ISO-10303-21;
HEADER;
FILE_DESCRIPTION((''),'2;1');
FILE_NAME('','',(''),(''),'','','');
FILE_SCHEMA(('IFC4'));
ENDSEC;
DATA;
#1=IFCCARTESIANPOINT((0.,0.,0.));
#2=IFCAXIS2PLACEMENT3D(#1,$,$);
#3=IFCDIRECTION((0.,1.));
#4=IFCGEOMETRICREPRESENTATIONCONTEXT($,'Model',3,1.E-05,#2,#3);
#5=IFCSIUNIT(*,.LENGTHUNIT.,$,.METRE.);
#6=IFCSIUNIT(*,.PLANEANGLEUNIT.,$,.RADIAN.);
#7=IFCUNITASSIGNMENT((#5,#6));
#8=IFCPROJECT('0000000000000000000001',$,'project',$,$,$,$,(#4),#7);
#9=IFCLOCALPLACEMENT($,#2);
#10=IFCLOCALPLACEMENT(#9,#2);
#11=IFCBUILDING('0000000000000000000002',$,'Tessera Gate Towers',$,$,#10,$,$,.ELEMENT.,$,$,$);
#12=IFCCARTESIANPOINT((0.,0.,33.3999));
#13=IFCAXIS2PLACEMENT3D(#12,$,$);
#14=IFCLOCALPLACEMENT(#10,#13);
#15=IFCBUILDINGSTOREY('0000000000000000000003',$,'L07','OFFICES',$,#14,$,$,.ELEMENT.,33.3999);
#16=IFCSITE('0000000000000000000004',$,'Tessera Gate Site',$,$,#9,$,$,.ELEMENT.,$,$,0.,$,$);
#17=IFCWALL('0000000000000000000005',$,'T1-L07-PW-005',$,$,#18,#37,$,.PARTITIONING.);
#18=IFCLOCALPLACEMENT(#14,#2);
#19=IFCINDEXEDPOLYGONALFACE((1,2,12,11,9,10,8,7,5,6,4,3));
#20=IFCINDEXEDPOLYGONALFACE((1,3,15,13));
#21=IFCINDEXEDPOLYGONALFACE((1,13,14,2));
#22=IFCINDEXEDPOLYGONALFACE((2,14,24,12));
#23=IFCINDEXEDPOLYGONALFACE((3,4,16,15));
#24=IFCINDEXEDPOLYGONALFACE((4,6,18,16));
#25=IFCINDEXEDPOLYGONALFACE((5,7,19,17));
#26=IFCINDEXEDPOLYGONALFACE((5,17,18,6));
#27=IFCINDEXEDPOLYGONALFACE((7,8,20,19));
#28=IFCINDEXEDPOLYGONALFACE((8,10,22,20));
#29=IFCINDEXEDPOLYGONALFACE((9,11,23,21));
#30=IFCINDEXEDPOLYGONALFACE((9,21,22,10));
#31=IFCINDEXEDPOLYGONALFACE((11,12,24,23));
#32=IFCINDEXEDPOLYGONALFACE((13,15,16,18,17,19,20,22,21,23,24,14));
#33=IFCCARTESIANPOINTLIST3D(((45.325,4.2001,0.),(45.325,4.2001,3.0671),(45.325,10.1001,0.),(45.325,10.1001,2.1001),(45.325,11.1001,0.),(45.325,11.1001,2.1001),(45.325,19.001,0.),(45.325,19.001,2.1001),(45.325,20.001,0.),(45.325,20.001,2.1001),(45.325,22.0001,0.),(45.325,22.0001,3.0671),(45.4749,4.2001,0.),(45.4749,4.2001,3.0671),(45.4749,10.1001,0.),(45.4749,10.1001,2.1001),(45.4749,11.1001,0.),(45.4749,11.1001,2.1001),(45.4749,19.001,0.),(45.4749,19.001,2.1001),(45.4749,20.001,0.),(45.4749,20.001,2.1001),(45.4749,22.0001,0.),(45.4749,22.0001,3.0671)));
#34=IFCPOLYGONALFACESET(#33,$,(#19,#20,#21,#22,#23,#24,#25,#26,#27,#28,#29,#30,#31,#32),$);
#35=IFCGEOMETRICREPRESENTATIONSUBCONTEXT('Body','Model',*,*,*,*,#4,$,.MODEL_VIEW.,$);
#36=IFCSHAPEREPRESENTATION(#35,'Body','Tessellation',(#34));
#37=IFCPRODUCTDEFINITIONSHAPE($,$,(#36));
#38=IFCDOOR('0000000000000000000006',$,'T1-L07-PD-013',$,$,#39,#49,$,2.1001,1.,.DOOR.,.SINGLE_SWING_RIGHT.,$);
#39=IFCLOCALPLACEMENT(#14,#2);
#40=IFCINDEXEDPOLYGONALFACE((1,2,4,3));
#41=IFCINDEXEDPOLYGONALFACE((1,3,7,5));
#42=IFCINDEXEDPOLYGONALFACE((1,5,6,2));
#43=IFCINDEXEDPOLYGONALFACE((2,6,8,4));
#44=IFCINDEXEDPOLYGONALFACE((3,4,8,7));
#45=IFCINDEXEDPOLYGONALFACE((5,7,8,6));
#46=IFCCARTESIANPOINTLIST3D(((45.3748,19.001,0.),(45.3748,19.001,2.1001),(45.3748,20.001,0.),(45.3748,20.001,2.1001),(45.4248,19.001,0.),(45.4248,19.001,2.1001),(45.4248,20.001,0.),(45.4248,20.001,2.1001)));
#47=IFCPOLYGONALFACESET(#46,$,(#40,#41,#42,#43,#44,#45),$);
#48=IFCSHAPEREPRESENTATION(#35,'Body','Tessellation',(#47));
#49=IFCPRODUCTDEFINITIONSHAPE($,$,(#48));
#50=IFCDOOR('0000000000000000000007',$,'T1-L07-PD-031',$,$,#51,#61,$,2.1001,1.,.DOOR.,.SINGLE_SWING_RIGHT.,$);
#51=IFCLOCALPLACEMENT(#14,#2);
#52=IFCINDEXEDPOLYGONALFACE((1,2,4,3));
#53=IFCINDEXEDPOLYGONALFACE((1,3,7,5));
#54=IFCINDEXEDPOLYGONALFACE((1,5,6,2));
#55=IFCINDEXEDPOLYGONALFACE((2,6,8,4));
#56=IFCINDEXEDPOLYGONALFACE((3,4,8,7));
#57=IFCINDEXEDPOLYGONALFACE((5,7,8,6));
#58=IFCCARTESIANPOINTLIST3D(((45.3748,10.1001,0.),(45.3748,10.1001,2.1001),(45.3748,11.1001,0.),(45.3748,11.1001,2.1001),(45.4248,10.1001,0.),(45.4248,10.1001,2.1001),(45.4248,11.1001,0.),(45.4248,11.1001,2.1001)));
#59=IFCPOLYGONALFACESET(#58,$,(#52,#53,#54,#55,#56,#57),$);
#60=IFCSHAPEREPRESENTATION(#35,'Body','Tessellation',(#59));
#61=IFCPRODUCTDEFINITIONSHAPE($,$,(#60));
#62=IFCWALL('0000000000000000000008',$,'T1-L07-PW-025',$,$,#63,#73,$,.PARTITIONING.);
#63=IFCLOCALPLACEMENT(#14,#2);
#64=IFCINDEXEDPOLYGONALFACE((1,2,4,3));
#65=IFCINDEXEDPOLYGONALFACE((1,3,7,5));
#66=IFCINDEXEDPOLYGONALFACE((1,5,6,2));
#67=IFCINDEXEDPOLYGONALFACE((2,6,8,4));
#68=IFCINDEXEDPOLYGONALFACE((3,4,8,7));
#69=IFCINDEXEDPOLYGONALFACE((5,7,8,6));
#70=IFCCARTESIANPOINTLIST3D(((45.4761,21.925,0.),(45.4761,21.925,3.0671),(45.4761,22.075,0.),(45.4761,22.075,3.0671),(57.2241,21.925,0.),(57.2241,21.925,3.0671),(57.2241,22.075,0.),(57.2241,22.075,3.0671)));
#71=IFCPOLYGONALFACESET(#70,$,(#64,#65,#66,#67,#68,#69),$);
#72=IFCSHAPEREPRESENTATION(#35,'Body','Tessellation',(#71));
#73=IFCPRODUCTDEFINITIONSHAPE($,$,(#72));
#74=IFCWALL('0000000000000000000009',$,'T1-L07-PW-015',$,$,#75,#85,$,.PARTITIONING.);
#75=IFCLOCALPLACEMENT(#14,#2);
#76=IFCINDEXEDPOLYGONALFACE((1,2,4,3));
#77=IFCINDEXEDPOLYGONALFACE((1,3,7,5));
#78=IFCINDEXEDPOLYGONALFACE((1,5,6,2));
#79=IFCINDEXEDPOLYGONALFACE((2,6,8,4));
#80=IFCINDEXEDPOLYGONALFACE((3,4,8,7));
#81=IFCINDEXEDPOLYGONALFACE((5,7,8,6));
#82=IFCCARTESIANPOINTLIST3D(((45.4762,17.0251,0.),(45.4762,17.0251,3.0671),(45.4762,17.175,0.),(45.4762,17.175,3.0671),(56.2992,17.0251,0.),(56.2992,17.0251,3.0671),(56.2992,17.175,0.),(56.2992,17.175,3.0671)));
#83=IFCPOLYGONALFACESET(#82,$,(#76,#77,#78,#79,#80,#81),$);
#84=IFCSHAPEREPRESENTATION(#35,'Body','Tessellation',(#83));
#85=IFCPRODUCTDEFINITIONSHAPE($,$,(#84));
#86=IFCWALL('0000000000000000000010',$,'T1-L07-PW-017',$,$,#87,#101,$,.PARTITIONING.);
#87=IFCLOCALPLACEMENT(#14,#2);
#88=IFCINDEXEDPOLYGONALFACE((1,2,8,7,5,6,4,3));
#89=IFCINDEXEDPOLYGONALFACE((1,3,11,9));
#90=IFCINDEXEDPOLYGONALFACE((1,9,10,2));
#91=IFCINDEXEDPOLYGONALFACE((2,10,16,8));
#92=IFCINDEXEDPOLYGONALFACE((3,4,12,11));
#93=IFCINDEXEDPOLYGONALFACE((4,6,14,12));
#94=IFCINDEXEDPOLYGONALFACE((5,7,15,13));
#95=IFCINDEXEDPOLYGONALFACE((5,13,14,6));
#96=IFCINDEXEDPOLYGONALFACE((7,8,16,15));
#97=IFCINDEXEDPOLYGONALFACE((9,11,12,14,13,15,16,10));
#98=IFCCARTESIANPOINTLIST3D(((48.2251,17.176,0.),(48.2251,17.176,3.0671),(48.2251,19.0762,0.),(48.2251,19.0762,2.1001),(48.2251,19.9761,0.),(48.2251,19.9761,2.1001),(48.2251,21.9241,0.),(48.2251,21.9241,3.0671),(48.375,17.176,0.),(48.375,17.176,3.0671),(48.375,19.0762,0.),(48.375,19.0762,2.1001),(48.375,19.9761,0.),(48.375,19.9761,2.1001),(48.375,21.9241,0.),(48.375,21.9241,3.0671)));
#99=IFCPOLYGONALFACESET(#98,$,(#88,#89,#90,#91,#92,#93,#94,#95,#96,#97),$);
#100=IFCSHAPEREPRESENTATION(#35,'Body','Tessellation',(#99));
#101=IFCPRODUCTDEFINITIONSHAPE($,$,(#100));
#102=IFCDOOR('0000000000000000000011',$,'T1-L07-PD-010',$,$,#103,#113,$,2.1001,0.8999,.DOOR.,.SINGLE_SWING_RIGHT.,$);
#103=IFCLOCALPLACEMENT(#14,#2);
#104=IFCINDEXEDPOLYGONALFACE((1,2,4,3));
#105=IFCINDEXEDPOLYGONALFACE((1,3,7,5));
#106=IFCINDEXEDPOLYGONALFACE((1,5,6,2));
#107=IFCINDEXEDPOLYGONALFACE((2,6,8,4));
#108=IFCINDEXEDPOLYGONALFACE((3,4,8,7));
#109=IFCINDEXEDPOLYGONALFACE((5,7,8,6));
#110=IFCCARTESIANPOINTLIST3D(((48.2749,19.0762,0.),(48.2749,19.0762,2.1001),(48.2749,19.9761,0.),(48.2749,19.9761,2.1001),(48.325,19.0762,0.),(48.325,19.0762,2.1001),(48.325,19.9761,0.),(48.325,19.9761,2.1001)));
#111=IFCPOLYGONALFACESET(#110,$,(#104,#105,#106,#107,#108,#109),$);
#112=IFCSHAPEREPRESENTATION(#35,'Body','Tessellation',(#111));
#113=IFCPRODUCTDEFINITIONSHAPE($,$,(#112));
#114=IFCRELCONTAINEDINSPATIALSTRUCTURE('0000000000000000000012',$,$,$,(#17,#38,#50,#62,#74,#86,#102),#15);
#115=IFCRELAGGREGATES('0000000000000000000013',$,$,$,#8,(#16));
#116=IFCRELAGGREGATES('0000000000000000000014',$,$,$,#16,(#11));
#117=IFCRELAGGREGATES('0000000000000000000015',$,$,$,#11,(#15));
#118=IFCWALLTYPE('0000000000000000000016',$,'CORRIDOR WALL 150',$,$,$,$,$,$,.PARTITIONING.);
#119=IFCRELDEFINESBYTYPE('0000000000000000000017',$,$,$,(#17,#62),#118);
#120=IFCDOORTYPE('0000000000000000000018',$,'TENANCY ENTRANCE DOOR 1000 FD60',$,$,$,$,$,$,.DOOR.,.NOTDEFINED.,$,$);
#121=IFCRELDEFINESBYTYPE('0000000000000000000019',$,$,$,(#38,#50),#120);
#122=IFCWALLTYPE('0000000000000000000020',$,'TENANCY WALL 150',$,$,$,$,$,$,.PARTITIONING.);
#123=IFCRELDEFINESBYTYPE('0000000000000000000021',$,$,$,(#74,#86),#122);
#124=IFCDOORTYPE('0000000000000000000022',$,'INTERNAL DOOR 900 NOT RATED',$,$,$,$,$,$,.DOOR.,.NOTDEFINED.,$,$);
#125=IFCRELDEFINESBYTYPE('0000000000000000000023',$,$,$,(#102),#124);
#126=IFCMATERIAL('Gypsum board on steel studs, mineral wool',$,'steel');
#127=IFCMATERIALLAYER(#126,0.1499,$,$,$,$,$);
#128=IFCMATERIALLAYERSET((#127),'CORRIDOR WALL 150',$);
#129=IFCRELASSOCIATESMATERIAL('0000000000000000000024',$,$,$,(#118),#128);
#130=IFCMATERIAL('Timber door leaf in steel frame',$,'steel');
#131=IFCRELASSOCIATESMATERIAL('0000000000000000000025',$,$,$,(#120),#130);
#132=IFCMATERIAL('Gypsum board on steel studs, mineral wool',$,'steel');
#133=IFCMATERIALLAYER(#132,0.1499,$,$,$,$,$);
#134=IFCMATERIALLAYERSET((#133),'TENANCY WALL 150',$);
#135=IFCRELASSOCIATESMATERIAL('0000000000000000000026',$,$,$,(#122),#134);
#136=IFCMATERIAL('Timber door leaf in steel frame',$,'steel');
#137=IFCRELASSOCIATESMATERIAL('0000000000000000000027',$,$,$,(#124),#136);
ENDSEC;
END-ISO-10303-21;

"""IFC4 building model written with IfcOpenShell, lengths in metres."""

from ifc_helpers import new_model, si_unit, direction, frame, frame_2d, origin, place, context, subcontext, project, spatial, rectangle, extrude, source, transform, mapped, material, layer, layer_set, type_object, element, fill, save


model = new_model("IFC4")

# Units and contexts
model_context = context("Model", 3, precision=1e-05, world=origin(), true_north=direction((0.0, 1.0)))
body_context = subcontext(model_context, "Body", "Model", "MODEL_VIEW")
ifc_project = project(units=[si_unit("LENGTHUNIT", "METRE"), si_unit("PLANEANGLEUNIT", "RADIAN")], contexts=[model_context])

# Site, building, storey
site_placement = place(None, origin())
site = spatial("IfcSite", under=ifc_project, at=site_placement, Name="Tessera Gate Site", CompositionType="ELEMENT", RefElevation=0.0)
building_placement = place(site_placement, origin())
building = spatial("IfcBuilding", under=site, at=building_placement, Name="Tessera Gate Towers", CompositionType="ELEMENT")
storey_placement = place(building_placement, frame((0.0, 0.0, 33.3999)))
storey = spatial("IfcBuildingStorey", under=building, at=storey_placement, Name="L07", Description="OFFICES", CompositionType="ELEMENT", Elevation=33.3999)

# Wall, openings, doors
ifc_material_1 = material(Name="Gypsum board on steel studs, mineral wool", Category="steel")
ifc_layer_1 = layer(ifc_material_1, 0.1499)
ifc_layer_set_1 = layer_set([ifc_layer_1], Name="CORRIDOR WALL 150")
wall_type_1 = type_object("IfcWallType", Name="CORRIDOR WALL 150", PredefinedType="PARTITIONING", material=ifc_layer_set_1)
wall_1_placement = place(storey_placement, frame((45.3999, 22.0, 0.0), z_axis=(0.0, 0.0, 1.0), x_axis=(0.0, -1.0, 0.0)))
wall_1 = element("IfcWall", 1, at=wall_1_placement, inside=storey, type_object=wall_type_1, Name="T1-L07-PW-005", PredefinedType="PARTITIONING", context=body_context, shape_type="SweptSolid", body=[
    extrude(rectangle(XDim=17.8, YDim=0.1499, at=frame_2d((8.8999, 0.0))), origin(), (0.0, 0.0, 1.0), 3.0671),
])
shared_shape_1 = source(origin(), body_context, "Body", "SweptSolid", [
    extrude(rectangle(XDim=1.0, YDim=2.1001, at=frame_2d((0.5, 1.05))), frame((0.0, 0.085, 0.0), z_axis=(0.0, -1.0, 0.0), x_axis=(1.0, 0.0, 0.0)), (0.0, 0.0, 1.0), 0.1699),
])
opening_1_placement = place(wall_1_placement, frame((1.999, 0.0, 0.0)))
opening_1 = element("IfcOpeningElement", 2, at=opening_1_placement, cuts=wall_1, PredefinedType="OPENING", context=body_context, shape_type="MappedRepresentation", body=[
    mapped(shared_shape_1, transform((0.0, 0.0, 0.0), scale=1.0)),
])
opening_2_placement = place(wall_1_placement, frame((10.8999, 0.0, 0.0)))
opening_2 = element("IfcOpeningElement", 3, at=opening_2_placement, cuts=wall_1, PredefinedType="OPENING", context=body_context, shape_type="MappedRepresentation", body=[
    mapped(shared_shape_1, transform((0.0, 0.0, 0.0), scale=1.0)),
])
ifc_material_2 = material(Name="Timber door leaf in steel frame", Category="steel")
door_type_1 = type_object("IfcDoorType", Name="TENANCY ENTRANCE DOOR 1000 FD60", OperationType="NOTDEFINED", PredefinedType="DOOR", material=ifc_material_2)
shared_shape_2 = source(origin(), body_context, "Body", "SweptSolid", [
    extrude(rectangle(XDim=1.0, YDim=2.1001, at=frame_2d((0.5, 1.05))), frame((0.0, 0.0249, 0.0), z_axis=(0.0, -1.0, 0.0), x_axis=(1.0, 0.0, 0.0)), (0.0, 0.0, 1.0), 0.05),
])
door_1_placement = place(opening_1_placement, origin())
door_1 = element("IfcDoor", 4, at=door_1_placement, inside=storey, type_object=door_type_1, Name="T1-L07-PD-013", OperationType="SINGLE_SWING_RIGHT", OverallHeight=2.1001, OverallWidth=1.0, PredefinedType="DOOR", context=body_context, shape_type="MappedRepresentation", body=[
    mapped(shared_shape_2, transform((0.0, 0.0, 0.0), scale=1.0)),
])
fill(opening_1, door_1)
door_2_placement = place(opening_2_placement, origin())
door_2 = element("IfcDoor", 5, at=door_2_placement, inside=storey, type_object=door_type_1, Name="T1-L07-PD-031", OperationType="SINGLE_SWING_RIGHT", OverallHeight=2.1001, OverallWidth=1.0, PredefinedType="DOOR", context=body_context, shape_type="MappedRepresentation", body=[
    mapped(shared_shape_2, transform((0.0, 0.0, 0.0), scale=1.0)),
])
fill(opening_2, door_2)

# Walls
wall_2_placement = place(storey_placement, frame((45.4761, 22.0, 0.0), z_axis=(0.0, 0.0, 1.0), x_axis=(1.0, 0.0, 0.0)))
element("IfcWall", 6, at=wall_2_placement, inside=storey, type_object=wall_type_1, Name="T1-L07-PW-025", PredefinedType="PARTITIONING", context=body_context, shape_type="SweptSolid", body=[
    extrude(rectangle(XDim=11.748, YDim=0.1499, at=frame_2d((5.874, 0.0))), origin(), (0.0, 0.0, 1.0), 3.0671),
])
ifc_material_3 = material(Name="Gypsum board on steel studs, mineral wool", Category="steel")
ifc_layer_2 = layer(ifc_material_3, 0.1499)
ifc_layer_set_2 = layer_set([ifc_layer_2], Name="TENANCY WALL 150")
wall_type_2 = type_object("IfcWallType", Name="TENANCY WALL 150", PredefinedType="PARTITIONING", material=ifc_layer_set_2)
wall_3_placement = place(storey_placement, frame((45.4761, 17.1001, 0.0), z_axis=(0.0, 0.0, 1.0), x_axis=(1.0, 0.0, 0.0)))
element("IfcWall", 7, at=wall_3_placement, inside=storey, type_object=wall_type_2, Name="T1-L07-PW-015", PredefinedType="PARTITIONING", context=body_context, shape_type="SweptSolid", body=[
    extrude(rectangle(XDim=10.823, YDim=0.1499, at=frame_2d((5.4116, 0.0))), origin(), (0.0, 0.0, 1.0), 3.0671),
])

# Wall, opening, door
wall_4_placement = place(storey_placement, frame((48.3, 21.9241, 0.0), z_axis=(0.0, 0.0, 1.0), x_axis=(0.0, -1.0, 0.0)))
wall_4 = element("IfcWall", 8, at=wall_4_placement, inside=storey, type_object=wall_type_2, Name="T1-L07-PW-017", PredefinedType="PARTITIONING", context=body_context, shape_type="SweptSolid", body=[
    extrude(rectangle(XDim=4.748, YDim=0.1499, at=frame_2d((2.374, 0.0))), origin(), (0.0, 0.0, 1.0), 3.0671),
])
shared_shape_3 = source(origin(), body_context, "Body", "SweptSolid", [
    extrude(rectangle(XDim=0.8999, YDim=2.1001, at=frame_2d((0.45, 1.05))), frame((0.0, 0.085, 0.0), z_axis=(0.0, -1.0, 0.0), x_axis=(1.0, 0.0, 0.0)), (0.0, 0.0, 1.0), 0.1699),
])
opening_3_placement = place(wall_4_placement, frame((1.948, 0.0, 0.0)))
opening_3 = element("IfcOpeningElement", 9, at=opening_3_placement, cuts=wall_4, PredefinedType="OPENING", context=body_context, shape_type="MappedRepresentation", body=[
    mapped(shared_shape_3, transform((0.0, 0.0, 0.0), scale=1.0)),
])
ifc_material_4 = material(Name="Timber door leaf in steel frame", Category="steel")
door_type_2 = type_object("IfcDoorType", Name="INTERNAL DOOR 900 NOT RATED", OperationType="NOTDEFINED", PredefinedType="DOOR", material=ifc_material_4)
shared_shape_4 = source(origin(), body_context, "Body", "SweptSolid", [
    extrude(rectangle(XDim=0.8999, YDim=2.1001, at=frame_2d((0.45, 1.05))), frame((0.0, 0.0249, 0.0), z_axis=(0.0, -1.0, 0.0), x_axis=(1.0, 0.0, 0.0)), (0.0, 0.0, 1.0), 0.05),
])
door_3_placement = place(opening_3_placement, origin())
door_3 = element("IfcDoor", 10, at=door_3_placement, inside=storey, type_object=door_type_2, Name="T1-L07-PD-010", OperationType="SINGLE_SWING_RIGHT", OverallHeight=2.1001, OverallWidth=0.8999, PredefinedType="DOOR", context=body_context, shape_type="MappedRepresentation", body=[
    mapped(shared_shape_4, transform((0.0, 0.0, 0.0), scale=1.0)),
])
fill(opening_3, door_3)

save(model, "model.ifc")
